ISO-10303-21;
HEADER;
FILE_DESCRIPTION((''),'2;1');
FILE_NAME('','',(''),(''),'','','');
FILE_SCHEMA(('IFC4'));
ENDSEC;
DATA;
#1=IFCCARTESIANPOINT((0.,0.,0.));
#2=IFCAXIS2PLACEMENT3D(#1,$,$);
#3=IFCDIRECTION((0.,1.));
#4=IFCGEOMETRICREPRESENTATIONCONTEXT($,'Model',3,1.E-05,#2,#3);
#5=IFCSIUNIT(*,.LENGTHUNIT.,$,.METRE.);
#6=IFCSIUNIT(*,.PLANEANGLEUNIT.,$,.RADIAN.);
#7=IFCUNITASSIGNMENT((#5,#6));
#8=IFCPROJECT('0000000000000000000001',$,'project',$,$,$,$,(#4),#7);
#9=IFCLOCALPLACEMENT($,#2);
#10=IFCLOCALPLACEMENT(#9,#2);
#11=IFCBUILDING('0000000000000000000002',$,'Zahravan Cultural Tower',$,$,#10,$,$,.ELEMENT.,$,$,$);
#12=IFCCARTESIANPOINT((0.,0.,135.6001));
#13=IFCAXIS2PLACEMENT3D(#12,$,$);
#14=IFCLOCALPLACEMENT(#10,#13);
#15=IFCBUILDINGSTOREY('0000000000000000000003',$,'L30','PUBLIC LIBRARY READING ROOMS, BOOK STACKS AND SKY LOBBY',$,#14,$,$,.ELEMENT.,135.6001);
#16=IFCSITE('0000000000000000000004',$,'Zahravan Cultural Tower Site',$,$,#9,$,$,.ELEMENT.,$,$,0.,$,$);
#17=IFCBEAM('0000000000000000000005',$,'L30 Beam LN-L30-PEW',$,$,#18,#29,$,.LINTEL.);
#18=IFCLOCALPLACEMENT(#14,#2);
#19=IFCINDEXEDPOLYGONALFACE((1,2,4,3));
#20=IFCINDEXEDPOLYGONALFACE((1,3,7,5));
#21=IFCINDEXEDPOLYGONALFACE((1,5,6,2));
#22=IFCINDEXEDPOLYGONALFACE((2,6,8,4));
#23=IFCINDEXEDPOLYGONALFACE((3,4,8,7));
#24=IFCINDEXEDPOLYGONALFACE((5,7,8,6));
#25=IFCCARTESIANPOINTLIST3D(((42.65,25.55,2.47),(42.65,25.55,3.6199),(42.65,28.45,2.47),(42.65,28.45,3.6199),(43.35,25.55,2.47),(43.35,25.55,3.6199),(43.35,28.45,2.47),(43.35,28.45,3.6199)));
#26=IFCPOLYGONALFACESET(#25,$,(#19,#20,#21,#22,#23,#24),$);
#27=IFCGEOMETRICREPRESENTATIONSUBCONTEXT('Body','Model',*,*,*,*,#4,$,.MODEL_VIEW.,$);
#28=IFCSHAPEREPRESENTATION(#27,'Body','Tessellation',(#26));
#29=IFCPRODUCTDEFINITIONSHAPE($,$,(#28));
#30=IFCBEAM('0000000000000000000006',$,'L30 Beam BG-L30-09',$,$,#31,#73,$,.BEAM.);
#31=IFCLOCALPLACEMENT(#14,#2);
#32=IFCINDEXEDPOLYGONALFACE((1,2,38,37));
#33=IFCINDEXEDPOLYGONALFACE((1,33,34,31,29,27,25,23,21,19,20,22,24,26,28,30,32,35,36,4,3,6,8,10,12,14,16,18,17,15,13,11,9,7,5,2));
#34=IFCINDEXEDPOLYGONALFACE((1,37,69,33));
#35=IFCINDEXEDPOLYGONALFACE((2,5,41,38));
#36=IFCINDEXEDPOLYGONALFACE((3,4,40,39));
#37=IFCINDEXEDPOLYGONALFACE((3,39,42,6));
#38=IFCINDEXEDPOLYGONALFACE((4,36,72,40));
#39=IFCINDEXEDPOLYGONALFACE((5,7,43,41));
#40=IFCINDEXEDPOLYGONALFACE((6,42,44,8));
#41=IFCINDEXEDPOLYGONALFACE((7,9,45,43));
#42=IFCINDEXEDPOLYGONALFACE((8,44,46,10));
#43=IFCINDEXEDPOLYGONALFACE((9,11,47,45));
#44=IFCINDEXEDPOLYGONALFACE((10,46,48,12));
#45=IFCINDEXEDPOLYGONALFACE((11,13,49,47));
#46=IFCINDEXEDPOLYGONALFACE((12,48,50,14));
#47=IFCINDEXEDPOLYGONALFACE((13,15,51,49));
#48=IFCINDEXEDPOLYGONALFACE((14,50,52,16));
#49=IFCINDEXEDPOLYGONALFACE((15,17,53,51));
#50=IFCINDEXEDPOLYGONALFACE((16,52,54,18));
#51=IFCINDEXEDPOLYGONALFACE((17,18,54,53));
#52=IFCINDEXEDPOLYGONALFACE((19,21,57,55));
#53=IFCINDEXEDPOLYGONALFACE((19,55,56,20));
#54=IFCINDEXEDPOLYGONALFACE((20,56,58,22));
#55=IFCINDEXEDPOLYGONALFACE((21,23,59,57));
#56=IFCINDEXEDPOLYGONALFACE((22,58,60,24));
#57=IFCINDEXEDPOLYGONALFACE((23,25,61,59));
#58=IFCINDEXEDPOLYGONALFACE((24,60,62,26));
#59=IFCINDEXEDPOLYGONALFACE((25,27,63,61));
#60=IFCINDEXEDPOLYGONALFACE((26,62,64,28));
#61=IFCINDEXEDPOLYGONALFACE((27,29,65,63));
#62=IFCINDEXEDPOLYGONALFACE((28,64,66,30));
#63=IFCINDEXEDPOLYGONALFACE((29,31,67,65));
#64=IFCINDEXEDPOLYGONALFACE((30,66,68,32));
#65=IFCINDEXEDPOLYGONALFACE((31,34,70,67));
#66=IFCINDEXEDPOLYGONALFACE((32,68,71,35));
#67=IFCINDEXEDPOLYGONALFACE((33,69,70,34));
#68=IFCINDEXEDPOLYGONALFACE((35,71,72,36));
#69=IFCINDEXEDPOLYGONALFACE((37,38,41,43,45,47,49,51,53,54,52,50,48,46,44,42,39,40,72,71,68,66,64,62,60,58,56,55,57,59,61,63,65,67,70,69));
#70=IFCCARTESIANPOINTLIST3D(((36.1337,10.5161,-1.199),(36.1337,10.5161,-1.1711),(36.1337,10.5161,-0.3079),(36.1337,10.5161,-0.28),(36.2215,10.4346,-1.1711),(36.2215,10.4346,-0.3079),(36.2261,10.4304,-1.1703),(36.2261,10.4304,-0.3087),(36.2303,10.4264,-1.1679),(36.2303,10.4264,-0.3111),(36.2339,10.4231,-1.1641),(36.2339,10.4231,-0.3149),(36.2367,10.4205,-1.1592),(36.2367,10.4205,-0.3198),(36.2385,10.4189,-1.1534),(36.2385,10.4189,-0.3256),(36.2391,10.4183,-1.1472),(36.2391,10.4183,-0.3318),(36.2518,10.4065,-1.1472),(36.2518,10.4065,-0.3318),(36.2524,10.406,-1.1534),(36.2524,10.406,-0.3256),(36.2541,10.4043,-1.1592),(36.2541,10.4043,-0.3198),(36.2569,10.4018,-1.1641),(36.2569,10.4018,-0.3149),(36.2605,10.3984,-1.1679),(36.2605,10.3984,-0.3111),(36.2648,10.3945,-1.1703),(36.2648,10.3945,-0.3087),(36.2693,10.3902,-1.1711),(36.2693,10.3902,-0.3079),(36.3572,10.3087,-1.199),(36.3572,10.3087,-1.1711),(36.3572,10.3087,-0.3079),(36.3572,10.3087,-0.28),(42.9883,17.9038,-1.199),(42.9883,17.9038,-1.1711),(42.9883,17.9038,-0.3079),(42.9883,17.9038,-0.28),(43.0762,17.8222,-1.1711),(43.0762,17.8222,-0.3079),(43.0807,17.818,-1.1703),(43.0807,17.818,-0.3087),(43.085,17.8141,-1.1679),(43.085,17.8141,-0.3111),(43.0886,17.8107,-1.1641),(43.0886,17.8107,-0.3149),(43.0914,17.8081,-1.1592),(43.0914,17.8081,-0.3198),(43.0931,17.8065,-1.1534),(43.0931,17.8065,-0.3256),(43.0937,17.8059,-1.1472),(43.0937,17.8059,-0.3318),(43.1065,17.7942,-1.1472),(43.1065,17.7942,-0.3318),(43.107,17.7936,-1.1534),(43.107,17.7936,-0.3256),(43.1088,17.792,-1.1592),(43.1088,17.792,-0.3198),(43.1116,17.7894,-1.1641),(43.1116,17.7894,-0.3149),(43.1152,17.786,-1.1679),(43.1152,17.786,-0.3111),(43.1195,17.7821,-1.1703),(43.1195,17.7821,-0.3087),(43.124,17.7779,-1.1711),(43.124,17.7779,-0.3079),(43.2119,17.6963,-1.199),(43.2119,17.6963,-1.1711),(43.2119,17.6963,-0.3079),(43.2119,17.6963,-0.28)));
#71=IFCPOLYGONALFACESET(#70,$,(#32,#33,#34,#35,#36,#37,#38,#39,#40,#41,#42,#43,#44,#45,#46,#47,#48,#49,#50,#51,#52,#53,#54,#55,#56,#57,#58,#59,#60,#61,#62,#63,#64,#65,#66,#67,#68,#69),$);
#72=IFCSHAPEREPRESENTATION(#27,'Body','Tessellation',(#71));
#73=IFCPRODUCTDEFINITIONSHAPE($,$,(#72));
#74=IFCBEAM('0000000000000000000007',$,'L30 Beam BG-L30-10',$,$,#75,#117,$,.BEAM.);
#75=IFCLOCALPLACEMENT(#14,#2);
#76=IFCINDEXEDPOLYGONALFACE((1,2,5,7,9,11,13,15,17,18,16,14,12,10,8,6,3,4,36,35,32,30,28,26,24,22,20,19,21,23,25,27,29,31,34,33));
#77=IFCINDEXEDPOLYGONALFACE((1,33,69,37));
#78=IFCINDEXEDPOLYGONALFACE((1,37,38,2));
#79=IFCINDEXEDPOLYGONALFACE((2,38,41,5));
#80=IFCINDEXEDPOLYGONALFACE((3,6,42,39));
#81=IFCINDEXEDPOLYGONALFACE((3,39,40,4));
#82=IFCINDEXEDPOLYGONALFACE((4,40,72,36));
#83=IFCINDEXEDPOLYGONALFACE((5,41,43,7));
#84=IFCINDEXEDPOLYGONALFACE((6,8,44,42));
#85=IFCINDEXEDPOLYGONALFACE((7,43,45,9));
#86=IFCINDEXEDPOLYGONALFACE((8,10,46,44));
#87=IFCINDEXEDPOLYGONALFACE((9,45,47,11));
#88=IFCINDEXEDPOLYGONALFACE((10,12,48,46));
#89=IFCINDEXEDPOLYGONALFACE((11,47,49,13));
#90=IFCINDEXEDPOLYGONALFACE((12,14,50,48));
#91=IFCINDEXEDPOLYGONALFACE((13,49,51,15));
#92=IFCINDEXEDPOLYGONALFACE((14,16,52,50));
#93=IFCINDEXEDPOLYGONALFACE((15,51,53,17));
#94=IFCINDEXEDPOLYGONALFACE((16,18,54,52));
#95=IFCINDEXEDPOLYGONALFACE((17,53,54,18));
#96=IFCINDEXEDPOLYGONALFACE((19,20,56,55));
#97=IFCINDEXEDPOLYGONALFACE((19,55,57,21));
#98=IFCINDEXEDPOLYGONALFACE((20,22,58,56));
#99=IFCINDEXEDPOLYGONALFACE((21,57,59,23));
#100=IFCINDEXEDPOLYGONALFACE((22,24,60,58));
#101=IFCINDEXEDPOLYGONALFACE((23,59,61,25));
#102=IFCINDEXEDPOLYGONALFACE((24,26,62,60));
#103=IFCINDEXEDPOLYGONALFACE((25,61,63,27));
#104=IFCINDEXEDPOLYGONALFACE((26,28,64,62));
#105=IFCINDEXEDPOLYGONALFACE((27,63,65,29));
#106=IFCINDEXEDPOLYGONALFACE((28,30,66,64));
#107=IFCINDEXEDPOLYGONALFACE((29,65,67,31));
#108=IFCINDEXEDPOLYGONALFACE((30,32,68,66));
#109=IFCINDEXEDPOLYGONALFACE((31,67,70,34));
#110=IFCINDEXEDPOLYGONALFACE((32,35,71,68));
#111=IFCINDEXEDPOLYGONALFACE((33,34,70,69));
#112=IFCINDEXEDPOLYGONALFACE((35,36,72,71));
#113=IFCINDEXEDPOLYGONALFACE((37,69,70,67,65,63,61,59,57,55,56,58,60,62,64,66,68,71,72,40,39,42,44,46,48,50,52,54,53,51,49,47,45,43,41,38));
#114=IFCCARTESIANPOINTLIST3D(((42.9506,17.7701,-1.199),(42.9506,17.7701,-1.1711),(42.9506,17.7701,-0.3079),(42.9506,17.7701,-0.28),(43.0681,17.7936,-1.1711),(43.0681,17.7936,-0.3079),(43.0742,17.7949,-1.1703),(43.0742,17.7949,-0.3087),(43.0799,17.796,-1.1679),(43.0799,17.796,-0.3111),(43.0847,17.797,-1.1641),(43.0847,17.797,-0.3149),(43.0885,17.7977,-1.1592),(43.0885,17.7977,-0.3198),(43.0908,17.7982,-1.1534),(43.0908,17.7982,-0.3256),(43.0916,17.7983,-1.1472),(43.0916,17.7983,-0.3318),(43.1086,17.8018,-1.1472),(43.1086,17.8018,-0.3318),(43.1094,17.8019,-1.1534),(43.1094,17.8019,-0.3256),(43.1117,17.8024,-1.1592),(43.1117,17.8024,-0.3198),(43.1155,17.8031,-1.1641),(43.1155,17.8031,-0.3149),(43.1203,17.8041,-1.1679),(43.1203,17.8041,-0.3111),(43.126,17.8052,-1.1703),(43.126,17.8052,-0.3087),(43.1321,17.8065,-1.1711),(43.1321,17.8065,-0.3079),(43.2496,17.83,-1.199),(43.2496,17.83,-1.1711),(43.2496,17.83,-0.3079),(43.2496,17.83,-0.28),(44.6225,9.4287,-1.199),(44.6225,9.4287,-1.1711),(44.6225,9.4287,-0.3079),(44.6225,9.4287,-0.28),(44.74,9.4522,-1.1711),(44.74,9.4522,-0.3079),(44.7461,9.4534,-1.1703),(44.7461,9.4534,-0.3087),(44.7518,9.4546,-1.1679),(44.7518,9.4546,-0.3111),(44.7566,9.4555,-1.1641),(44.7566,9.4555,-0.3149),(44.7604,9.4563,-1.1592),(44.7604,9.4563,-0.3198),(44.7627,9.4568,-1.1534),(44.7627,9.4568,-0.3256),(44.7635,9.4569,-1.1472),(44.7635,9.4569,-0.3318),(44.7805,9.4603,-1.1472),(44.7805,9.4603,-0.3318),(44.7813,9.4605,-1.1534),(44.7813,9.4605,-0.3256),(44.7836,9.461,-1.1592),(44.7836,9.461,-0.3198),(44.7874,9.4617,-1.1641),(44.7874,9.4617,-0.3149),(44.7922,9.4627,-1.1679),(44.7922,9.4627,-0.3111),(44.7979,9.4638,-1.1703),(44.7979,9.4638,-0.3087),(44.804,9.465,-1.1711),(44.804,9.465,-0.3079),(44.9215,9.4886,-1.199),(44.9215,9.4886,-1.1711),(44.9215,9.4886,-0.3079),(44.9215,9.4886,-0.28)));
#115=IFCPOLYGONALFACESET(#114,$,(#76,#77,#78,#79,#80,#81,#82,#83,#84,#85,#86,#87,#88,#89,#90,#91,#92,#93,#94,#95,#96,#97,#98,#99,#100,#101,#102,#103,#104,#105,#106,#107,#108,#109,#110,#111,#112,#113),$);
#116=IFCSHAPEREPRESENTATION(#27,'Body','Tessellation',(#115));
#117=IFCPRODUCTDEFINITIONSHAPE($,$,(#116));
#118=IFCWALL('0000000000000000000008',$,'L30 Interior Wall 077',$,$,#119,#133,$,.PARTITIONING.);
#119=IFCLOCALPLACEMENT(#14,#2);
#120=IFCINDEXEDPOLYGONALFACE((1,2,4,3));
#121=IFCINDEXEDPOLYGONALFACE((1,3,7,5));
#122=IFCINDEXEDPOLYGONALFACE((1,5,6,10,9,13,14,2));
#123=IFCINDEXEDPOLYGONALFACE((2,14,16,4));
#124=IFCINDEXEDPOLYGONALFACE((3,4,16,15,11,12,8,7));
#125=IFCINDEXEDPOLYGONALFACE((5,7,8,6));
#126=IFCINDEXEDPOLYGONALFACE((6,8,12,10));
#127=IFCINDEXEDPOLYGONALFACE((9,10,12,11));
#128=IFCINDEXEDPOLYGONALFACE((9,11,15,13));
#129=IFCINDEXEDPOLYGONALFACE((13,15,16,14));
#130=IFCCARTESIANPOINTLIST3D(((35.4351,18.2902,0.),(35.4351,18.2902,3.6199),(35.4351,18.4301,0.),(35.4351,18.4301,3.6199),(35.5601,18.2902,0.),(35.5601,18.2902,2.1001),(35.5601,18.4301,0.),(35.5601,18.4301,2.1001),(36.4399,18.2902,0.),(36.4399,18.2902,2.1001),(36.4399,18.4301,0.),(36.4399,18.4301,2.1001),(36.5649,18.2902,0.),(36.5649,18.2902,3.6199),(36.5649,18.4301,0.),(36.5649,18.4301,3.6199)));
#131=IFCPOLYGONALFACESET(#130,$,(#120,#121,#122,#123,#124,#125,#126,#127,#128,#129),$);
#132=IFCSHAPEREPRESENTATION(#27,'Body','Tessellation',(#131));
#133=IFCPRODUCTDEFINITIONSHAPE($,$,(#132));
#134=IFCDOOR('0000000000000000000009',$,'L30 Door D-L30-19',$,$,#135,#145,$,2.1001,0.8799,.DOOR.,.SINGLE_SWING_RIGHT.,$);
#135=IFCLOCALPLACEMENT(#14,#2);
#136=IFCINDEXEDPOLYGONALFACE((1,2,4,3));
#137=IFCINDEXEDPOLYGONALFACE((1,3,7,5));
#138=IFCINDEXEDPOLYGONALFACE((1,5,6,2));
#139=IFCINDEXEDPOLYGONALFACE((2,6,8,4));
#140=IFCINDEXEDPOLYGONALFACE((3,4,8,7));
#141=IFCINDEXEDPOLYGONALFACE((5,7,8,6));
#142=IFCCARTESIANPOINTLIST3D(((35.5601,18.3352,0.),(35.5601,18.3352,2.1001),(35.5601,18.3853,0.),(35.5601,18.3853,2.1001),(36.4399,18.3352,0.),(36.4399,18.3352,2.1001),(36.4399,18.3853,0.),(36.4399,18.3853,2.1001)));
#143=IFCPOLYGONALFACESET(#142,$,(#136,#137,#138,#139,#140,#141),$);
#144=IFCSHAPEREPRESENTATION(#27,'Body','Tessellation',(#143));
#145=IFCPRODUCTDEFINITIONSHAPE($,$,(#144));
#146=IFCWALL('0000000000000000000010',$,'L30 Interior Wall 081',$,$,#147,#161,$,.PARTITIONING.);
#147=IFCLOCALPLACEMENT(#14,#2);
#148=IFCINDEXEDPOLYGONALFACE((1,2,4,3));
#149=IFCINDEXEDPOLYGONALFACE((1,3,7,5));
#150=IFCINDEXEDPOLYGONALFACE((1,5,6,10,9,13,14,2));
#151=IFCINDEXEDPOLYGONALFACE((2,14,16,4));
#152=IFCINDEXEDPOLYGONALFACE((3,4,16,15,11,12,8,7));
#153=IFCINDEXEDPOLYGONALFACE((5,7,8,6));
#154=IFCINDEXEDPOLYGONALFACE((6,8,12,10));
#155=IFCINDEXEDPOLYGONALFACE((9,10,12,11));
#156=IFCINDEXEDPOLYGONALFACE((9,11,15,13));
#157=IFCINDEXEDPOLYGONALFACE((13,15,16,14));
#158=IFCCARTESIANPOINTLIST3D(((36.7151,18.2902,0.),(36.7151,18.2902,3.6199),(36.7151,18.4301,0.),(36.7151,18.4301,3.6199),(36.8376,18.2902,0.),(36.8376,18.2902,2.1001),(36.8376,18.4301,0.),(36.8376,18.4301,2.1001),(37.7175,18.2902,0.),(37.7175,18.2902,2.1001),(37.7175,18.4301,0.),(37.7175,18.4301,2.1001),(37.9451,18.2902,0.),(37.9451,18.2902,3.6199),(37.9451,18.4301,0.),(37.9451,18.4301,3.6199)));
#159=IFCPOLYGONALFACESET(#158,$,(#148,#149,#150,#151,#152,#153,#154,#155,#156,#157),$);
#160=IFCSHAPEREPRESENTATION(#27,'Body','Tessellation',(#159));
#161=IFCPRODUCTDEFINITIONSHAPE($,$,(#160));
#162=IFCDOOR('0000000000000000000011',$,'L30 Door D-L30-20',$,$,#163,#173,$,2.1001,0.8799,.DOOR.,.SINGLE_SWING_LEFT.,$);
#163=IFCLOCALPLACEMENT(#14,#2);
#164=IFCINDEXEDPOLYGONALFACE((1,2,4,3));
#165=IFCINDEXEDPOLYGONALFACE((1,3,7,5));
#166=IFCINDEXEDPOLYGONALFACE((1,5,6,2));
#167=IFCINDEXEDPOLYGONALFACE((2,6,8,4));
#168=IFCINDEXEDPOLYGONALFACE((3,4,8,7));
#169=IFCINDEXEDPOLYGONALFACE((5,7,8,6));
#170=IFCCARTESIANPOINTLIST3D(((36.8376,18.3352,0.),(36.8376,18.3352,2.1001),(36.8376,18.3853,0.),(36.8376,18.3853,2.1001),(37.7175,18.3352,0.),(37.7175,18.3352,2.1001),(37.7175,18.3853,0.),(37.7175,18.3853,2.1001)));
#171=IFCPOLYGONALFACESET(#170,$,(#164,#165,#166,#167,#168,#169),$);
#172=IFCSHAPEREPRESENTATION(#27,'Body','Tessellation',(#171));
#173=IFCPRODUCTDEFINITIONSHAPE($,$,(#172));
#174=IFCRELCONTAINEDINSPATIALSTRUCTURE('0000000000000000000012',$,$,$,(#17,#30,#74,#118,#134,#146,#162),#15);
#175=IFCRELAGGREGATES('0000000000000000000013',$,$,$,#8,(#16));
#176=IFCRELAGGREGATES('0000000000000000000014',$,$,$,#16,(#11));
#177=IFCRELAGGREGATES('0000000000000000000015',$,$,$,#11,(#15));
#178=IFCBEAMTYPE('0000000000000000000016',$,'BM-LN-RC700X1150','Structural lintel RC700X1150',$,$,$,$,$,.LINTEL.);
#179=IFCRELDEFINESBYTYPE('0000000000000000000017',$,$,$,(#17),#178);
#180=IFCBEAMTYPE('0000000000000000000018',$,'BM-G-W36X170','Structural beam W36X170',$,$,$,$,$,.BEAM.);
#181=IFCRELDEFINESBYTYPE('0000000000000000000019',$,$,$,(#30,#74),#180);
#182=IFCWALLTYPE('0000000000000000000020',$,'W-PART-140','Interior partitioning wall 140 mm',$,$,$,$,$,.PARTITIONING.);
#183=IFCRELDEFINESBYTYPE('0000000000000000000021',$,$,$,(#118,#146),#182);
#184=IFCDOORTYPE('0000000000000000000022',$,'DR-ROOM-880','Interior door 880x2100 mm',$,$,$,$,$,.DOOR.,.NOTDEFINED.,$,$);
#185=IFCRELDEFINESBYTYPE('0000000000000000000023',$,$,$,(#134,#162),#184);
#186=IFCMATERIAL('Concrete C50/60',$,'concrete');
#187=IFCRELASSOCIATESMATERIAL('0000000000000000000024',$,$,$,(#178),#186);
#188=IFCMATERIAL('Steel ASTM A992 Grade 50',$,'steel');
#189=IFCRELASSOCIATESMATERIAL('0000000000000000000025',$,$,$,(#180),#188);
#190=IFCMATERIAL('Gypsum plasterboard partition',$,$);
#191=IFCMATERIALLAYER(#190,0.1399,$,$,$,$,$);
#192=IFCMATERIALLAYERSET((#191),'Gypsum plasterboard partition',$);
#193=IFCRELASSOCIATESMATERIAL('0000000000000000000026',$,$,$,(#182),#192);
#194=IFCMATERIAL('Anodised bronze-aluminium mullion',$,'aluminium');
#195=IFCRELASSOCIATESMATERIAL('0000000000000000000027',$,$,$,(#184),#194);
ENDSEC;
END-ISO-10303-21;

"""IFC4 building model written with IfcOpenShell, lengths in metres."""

from ifc_helpers import new_model, si_unit, direction, frame, frame_2d, origin, origin_2d, place, context, subcontext, project, spatial, rectangle, i_section, extrude, source, transform, mapped, material, layer, layer_set, material_profile, profile_set, type_object, element, fill, save


model = new_model("IFC4")

# Units and contexts
model_context = context("Model", 3, precision=1e-05, world=origin(), true_north=direction((0.0, 1.0)))
body_context = subcontext(model_context, "Body", "Model", "MODEL_VIEW")
ifc_project = project(units=[si_unit("LENGTHUNIT", "METRE"), si_unit("PLANEANGLEUNIT", "RADIAN")], contexts=[model_context])

# Site, building, storey
site_placement = place(None, origin())
site = spatial("IfcSite", under=ifc_project, at=site_placement, Name="Zahravan Cultural Tower Site", CompositionType="ELEMENT", RefElevation=0.0)
building_placement = place(site_placement, origin())
building = spatial("IfcBuilding", under=site, at=building_placement, Name="Zahravan Cultural Tower", CompositionType="ELEMENT")
storey_placement = place(building_placement, frame((0.0, 0.0, 135.6001)))
storey = spatial("IfcBuildingStorey", under=building, at=storey_placement, Name="L30", Description="PUBLIC LIBRARY READING ROOMS, BOOK STACKS AND SKY LOBBY", CompositionType="ELEMENT", Elevation=135.6001)

# Beams
ifc_material_1 = material(Name="Concrete C50/60", Category="concrete")
ifc_material_profile_1 = material_profile(ifc_material_1, rectangle(XDim=0.7, YDim=1.1499, at=origin_2d()), Name="RC700X1150")
ifc_profile_set_1 = profile_set([ifc_material_profile_1], Name="Concrete C50/60")
beam_type_1 = type_object("IfcBeamType", Name="BM-LN-RC700X1150", Description="Structural lintel RC700X1150", PredefinedType="LINTEL", material=ifc_profile_set_1)
shared_shape_1 = source(origin(), body_context, "Body", "SweptSolid", [
    extrude(rectangle(XDim=0.7, YDim=1.1499, at=origin_2d()), origin(), (0.0, 0.0, 1.0), 2.8999),
])
beam_1_placement = place(storey_placement, frame((43.0, 25.55, 3.0449), z_axis=(0.0, 1.0, 0.0), x_axis=(-1.0, 0.0, 0.0)))
element("IfcBeam", 1, at=beam_1_placement, inside=storey, type_object=beam_type_1, Name="L30 Beam LN-L30-PEW", PredefinedType="LINTEL", context=body_context, shape_type="MappedRepresentation", body=[
    mapped(shared_shape_1, transform((0.0, 0.0, 0.0), x_axis=(1.0, 0.0, 0.0), y_axis=(0.0, 1.0, 0.0), z_axis=(0.0, 0.0, 1.0), scale=1.0)),
])
ifc_material_2 = material(Name="Steel ASTM A992 Grade 50", Category="steel")
ifc_material_profile_2 = material_profile(ifc_material_2, i_section(OverallWidth=0.3049, OverallDepth=0.9189, WebThickness=0.0173, FlangeThickness=0.0278, FilletRadius=0.0239, at=origin_2d()), Name="W36X170")
ifc_profile_set_2 = profile_set([ifc_material_profile_2], Name="Steel ASTM A992 Grade 50")
beam_type_2 = type_object("IfcBeamType", Name="BM-G-W36X170", Description="Structural beam W36X170", PredefinedType="BEAM", material=ifc_profile_set_2)
shared_shape_2 = source(origin(), body_context, "Body", "SweptSolid", [
    extrude(i_section(OverallWidth=0.3049, OverallDepth=0.9189, WebThickness=0.0173, FlangeThickness=0.0278, FilletRadius=0.0239, at=origin_2d()), origin(), (0.0, 0.0, 1.0), 10.0779),
])
beam_2_placement = place(storey_placement, frame((43.1001, 17.8, -0.7395), z_axis=(-0.68017, -0.733054, 0.0), x_axis=(0.733054, -0.68017, 0.0)))
element("IfcBeam", 2, at=beam_2_placement, inside=storey, type_object=beam_type_2, Name="L30 Beam BG-L30-09", PredefinedType="BEAM", context=body_context, shape_type="MappedRepresentation", body=[
    mapped(shared_shape_2, transform((0.0, 0.0, 0.0), x_axis=(1.0, 0.0, 0.0), y_axis=(0.0, 1.0, 0.0), z_axis=(0.0, 0.0, 1.0), scale=1.0)),
])
shared_shape_3 = source(origin(), body_context, "Body", "SweptSolid", [
    extrude(i_section(OverallWidth=0.3049, OverallDepth=0.9189, WebThickness=0.0173, FlangeThickness=0.0278, FilletRadius=0.0239, at=origin_2d()), origin(), (0.0, 0.0, 1.0), 8.5073),
])
beam_3_placement = place(storey_placement, frame((43.1001, 17.8, -0.7395), z_axis=(0.196525, -0.980499, 0.0), x_axis=(0.980499, 0.196525, 0.0)))
element("IfcBeam", 3, at=beam_3_placement, inside=storey, type_object=beam_type_2, Name="L30 Beam BG-L30-10", PredefinedType="BEAM", context=body_context, shape_type="MappedRepresentation", body=[
    mapped(shared_shape_3, transform((0.0, 0.0, 0.0), x_axis=(1.0, 0.0, 0.0), y_axis=(0.0, 1.0, 0.0), z_axis=(0.0, 0.0, 1.0), scale=1.0)),
])

# Walls, openings, doors
ifc_material_3 = material(Name="Gypsum plasterboard partition")
ifc_layer_1 = layer(ifc_material_3, 0.1399)
ifc_layer_set_1 = layer_set([ifc_layer_1], Name="Gypsum plasterboard partition")
wall_type_1 = type_object("IfcWallType", Name="W-PART-140", Description="Interior partitioning wall 140 mm", PredefinedType="PARTITIONING", material=ifc_layer_set_1)
wall_1_placement = place(storey_placement, frame((36.5649, 18.3601, 0.0), z_axis=(0.0, 0.0, 1.0), x_axis=(-1.0, 0.0, 0.0)))
wall_1 = element("IfcWall", 4, at=wall_1_placement, inside=storey, type_object=wall_type_1, Name="L30 Interior Wall 077", PredefinedType="PARTITIONING", context=body_context, shape_type="SweptSolid", body=[
    extrude(rectangle(XDim=1.1299, YDim=0.1399, at=frame_2d((0.5649, 0.0))), origin(), (0.0, 0.0, 1.0), 3.6199),
])
opening_1_placement = place(wall_1_placement, frame((0.125, 0.0, 0.0)))
opening_1 = element("IfcOpeningElement", 5, at=opening_1_placement, cuts=wall_1, PredefinedType="OPENING", context=body_context, shape_type="SweptSolid", body=[
    extrude(rectangle(XDim=0.8799, YDim=2.1001, at=frame_2d((0.4399, 1.05))), frame((0.0, 0.0798, 0.0), z_axis=(0.0, -1.0, 0.0), x_axis=(1.0, 0.0, 0.0)), (0.0, 0.0, 1.0), 0.1599),
])
ifc_material_4 = material(Name="Anodised bronze-aluminium mullion", Category="aluminium")
door_type_1 = type_object("IfcDoorType", Name="DR-ROOM-880", Description="Interior door 880x2100 mm", OperationType="NOTDEFINED", PredefinedType="DOOR", material=ifc_material_4)
shared_shape_4 = source(origin(), body_context, "Body", "SweptSolid", [
    extrude(rectangle(XDim=0.8799, YDim=2.1001, at=frame_2d((0.4399, 1.05))), frame((0.0, 0.0249, 0.0), z_axis=(0.0, -1.0, 0.0), x_axis=(1.0, 0.0, 0.0)), (0.0, 0.0, 1.0), 0.05),
])
door_1_placement = place(opening_1_placement, origin())
door_1 = element("IfcDoor", 6, at=door_1_placement, inside=storey, type_object=door_type_1, Name="L30 Door D-L30-19", OperationType="SINGLE_SWING_RIGHT", OverallHeight=2.1001, OverallWidth=0.8799, PredefinedType="DOOR", context=body_context, shape_type="MappedRepresentation", body=[
    mapped(shared_shape_4, transform((0.0, 0.0, 0.0), x_axis=(1.0, 0.0, 0.0), y_axis=(0.0, 1.0, 0.0), z_axis=(0.0, 0.0, 1.0), scale=1.0)),
])
fill(opening_1, door_1)
wall_2_placement = place(storey_placement, frame((37.9451, 18.3601, 0.0), z_axis=(0.0, 0.0, 1.0), x_axis=(-1.0, 0.0, 0.0)))
wall_2 = element("IfcWall", 7, at=wall_2_placement, inside=storey, type_object=wall_type_1, Name="L30 Interior Wall 081", PredefinedType="PARTITIONING", context=body_context, shape_type="SweptSolid", body=[
    extrude(rectangle(XDim=1.23, YDim=0.1399, at=frame_2d((0.615, 0.0))), origin(), (0.0, 0.0, 1.0), 3.6199),
])
opening_2_placement = place(wall_2_placement, frame((0.2275, 0.0, 0.0)))
opening_2 = element("IfcOpeningElement", 8, at=opening_2_placement, cuts=wall_2, PredefinedType="OPENING", context=body_context, shape_type="SweptSolid", body=[
    extrude(rectangle(XDim=0.8799, YDim=2.1001, at=frame_2d((0.4399, 1.05))), frame((0.0, 0.0798, 0.0), z_axis=(0.0, -1.0, 0.0), x_axis=(1.0, 0.0, 0.0)), (0.0, 0.0, 1.0), 0.1599),
])
door_2_placement = place(opening_2_placement, origin())
door_2 = element("IfcDoor", 9, at=door_2_placement, inside=storey, type_object=door_type_1, Name="L30 Door D-L30-20", OperationType="SINGLE_SWING_LEFT", OverallHeight=2.1001, OverallWidth=0.8799, PredefinedType="DOOR", context=body_context, shape_type="MappedRepresentation", body=[
    mapped(shared_shape_4, transform((0.0, 0.0, 0.0), x_axis=(1.0, 0.0, 0.0), y_axis=(0.0, 1.0, 0.0), z_axis=(0.0, 0.0, 1.0), scale=1.0)),
])
fill(opening_2, door_2)

save(model, "model.ifc")
